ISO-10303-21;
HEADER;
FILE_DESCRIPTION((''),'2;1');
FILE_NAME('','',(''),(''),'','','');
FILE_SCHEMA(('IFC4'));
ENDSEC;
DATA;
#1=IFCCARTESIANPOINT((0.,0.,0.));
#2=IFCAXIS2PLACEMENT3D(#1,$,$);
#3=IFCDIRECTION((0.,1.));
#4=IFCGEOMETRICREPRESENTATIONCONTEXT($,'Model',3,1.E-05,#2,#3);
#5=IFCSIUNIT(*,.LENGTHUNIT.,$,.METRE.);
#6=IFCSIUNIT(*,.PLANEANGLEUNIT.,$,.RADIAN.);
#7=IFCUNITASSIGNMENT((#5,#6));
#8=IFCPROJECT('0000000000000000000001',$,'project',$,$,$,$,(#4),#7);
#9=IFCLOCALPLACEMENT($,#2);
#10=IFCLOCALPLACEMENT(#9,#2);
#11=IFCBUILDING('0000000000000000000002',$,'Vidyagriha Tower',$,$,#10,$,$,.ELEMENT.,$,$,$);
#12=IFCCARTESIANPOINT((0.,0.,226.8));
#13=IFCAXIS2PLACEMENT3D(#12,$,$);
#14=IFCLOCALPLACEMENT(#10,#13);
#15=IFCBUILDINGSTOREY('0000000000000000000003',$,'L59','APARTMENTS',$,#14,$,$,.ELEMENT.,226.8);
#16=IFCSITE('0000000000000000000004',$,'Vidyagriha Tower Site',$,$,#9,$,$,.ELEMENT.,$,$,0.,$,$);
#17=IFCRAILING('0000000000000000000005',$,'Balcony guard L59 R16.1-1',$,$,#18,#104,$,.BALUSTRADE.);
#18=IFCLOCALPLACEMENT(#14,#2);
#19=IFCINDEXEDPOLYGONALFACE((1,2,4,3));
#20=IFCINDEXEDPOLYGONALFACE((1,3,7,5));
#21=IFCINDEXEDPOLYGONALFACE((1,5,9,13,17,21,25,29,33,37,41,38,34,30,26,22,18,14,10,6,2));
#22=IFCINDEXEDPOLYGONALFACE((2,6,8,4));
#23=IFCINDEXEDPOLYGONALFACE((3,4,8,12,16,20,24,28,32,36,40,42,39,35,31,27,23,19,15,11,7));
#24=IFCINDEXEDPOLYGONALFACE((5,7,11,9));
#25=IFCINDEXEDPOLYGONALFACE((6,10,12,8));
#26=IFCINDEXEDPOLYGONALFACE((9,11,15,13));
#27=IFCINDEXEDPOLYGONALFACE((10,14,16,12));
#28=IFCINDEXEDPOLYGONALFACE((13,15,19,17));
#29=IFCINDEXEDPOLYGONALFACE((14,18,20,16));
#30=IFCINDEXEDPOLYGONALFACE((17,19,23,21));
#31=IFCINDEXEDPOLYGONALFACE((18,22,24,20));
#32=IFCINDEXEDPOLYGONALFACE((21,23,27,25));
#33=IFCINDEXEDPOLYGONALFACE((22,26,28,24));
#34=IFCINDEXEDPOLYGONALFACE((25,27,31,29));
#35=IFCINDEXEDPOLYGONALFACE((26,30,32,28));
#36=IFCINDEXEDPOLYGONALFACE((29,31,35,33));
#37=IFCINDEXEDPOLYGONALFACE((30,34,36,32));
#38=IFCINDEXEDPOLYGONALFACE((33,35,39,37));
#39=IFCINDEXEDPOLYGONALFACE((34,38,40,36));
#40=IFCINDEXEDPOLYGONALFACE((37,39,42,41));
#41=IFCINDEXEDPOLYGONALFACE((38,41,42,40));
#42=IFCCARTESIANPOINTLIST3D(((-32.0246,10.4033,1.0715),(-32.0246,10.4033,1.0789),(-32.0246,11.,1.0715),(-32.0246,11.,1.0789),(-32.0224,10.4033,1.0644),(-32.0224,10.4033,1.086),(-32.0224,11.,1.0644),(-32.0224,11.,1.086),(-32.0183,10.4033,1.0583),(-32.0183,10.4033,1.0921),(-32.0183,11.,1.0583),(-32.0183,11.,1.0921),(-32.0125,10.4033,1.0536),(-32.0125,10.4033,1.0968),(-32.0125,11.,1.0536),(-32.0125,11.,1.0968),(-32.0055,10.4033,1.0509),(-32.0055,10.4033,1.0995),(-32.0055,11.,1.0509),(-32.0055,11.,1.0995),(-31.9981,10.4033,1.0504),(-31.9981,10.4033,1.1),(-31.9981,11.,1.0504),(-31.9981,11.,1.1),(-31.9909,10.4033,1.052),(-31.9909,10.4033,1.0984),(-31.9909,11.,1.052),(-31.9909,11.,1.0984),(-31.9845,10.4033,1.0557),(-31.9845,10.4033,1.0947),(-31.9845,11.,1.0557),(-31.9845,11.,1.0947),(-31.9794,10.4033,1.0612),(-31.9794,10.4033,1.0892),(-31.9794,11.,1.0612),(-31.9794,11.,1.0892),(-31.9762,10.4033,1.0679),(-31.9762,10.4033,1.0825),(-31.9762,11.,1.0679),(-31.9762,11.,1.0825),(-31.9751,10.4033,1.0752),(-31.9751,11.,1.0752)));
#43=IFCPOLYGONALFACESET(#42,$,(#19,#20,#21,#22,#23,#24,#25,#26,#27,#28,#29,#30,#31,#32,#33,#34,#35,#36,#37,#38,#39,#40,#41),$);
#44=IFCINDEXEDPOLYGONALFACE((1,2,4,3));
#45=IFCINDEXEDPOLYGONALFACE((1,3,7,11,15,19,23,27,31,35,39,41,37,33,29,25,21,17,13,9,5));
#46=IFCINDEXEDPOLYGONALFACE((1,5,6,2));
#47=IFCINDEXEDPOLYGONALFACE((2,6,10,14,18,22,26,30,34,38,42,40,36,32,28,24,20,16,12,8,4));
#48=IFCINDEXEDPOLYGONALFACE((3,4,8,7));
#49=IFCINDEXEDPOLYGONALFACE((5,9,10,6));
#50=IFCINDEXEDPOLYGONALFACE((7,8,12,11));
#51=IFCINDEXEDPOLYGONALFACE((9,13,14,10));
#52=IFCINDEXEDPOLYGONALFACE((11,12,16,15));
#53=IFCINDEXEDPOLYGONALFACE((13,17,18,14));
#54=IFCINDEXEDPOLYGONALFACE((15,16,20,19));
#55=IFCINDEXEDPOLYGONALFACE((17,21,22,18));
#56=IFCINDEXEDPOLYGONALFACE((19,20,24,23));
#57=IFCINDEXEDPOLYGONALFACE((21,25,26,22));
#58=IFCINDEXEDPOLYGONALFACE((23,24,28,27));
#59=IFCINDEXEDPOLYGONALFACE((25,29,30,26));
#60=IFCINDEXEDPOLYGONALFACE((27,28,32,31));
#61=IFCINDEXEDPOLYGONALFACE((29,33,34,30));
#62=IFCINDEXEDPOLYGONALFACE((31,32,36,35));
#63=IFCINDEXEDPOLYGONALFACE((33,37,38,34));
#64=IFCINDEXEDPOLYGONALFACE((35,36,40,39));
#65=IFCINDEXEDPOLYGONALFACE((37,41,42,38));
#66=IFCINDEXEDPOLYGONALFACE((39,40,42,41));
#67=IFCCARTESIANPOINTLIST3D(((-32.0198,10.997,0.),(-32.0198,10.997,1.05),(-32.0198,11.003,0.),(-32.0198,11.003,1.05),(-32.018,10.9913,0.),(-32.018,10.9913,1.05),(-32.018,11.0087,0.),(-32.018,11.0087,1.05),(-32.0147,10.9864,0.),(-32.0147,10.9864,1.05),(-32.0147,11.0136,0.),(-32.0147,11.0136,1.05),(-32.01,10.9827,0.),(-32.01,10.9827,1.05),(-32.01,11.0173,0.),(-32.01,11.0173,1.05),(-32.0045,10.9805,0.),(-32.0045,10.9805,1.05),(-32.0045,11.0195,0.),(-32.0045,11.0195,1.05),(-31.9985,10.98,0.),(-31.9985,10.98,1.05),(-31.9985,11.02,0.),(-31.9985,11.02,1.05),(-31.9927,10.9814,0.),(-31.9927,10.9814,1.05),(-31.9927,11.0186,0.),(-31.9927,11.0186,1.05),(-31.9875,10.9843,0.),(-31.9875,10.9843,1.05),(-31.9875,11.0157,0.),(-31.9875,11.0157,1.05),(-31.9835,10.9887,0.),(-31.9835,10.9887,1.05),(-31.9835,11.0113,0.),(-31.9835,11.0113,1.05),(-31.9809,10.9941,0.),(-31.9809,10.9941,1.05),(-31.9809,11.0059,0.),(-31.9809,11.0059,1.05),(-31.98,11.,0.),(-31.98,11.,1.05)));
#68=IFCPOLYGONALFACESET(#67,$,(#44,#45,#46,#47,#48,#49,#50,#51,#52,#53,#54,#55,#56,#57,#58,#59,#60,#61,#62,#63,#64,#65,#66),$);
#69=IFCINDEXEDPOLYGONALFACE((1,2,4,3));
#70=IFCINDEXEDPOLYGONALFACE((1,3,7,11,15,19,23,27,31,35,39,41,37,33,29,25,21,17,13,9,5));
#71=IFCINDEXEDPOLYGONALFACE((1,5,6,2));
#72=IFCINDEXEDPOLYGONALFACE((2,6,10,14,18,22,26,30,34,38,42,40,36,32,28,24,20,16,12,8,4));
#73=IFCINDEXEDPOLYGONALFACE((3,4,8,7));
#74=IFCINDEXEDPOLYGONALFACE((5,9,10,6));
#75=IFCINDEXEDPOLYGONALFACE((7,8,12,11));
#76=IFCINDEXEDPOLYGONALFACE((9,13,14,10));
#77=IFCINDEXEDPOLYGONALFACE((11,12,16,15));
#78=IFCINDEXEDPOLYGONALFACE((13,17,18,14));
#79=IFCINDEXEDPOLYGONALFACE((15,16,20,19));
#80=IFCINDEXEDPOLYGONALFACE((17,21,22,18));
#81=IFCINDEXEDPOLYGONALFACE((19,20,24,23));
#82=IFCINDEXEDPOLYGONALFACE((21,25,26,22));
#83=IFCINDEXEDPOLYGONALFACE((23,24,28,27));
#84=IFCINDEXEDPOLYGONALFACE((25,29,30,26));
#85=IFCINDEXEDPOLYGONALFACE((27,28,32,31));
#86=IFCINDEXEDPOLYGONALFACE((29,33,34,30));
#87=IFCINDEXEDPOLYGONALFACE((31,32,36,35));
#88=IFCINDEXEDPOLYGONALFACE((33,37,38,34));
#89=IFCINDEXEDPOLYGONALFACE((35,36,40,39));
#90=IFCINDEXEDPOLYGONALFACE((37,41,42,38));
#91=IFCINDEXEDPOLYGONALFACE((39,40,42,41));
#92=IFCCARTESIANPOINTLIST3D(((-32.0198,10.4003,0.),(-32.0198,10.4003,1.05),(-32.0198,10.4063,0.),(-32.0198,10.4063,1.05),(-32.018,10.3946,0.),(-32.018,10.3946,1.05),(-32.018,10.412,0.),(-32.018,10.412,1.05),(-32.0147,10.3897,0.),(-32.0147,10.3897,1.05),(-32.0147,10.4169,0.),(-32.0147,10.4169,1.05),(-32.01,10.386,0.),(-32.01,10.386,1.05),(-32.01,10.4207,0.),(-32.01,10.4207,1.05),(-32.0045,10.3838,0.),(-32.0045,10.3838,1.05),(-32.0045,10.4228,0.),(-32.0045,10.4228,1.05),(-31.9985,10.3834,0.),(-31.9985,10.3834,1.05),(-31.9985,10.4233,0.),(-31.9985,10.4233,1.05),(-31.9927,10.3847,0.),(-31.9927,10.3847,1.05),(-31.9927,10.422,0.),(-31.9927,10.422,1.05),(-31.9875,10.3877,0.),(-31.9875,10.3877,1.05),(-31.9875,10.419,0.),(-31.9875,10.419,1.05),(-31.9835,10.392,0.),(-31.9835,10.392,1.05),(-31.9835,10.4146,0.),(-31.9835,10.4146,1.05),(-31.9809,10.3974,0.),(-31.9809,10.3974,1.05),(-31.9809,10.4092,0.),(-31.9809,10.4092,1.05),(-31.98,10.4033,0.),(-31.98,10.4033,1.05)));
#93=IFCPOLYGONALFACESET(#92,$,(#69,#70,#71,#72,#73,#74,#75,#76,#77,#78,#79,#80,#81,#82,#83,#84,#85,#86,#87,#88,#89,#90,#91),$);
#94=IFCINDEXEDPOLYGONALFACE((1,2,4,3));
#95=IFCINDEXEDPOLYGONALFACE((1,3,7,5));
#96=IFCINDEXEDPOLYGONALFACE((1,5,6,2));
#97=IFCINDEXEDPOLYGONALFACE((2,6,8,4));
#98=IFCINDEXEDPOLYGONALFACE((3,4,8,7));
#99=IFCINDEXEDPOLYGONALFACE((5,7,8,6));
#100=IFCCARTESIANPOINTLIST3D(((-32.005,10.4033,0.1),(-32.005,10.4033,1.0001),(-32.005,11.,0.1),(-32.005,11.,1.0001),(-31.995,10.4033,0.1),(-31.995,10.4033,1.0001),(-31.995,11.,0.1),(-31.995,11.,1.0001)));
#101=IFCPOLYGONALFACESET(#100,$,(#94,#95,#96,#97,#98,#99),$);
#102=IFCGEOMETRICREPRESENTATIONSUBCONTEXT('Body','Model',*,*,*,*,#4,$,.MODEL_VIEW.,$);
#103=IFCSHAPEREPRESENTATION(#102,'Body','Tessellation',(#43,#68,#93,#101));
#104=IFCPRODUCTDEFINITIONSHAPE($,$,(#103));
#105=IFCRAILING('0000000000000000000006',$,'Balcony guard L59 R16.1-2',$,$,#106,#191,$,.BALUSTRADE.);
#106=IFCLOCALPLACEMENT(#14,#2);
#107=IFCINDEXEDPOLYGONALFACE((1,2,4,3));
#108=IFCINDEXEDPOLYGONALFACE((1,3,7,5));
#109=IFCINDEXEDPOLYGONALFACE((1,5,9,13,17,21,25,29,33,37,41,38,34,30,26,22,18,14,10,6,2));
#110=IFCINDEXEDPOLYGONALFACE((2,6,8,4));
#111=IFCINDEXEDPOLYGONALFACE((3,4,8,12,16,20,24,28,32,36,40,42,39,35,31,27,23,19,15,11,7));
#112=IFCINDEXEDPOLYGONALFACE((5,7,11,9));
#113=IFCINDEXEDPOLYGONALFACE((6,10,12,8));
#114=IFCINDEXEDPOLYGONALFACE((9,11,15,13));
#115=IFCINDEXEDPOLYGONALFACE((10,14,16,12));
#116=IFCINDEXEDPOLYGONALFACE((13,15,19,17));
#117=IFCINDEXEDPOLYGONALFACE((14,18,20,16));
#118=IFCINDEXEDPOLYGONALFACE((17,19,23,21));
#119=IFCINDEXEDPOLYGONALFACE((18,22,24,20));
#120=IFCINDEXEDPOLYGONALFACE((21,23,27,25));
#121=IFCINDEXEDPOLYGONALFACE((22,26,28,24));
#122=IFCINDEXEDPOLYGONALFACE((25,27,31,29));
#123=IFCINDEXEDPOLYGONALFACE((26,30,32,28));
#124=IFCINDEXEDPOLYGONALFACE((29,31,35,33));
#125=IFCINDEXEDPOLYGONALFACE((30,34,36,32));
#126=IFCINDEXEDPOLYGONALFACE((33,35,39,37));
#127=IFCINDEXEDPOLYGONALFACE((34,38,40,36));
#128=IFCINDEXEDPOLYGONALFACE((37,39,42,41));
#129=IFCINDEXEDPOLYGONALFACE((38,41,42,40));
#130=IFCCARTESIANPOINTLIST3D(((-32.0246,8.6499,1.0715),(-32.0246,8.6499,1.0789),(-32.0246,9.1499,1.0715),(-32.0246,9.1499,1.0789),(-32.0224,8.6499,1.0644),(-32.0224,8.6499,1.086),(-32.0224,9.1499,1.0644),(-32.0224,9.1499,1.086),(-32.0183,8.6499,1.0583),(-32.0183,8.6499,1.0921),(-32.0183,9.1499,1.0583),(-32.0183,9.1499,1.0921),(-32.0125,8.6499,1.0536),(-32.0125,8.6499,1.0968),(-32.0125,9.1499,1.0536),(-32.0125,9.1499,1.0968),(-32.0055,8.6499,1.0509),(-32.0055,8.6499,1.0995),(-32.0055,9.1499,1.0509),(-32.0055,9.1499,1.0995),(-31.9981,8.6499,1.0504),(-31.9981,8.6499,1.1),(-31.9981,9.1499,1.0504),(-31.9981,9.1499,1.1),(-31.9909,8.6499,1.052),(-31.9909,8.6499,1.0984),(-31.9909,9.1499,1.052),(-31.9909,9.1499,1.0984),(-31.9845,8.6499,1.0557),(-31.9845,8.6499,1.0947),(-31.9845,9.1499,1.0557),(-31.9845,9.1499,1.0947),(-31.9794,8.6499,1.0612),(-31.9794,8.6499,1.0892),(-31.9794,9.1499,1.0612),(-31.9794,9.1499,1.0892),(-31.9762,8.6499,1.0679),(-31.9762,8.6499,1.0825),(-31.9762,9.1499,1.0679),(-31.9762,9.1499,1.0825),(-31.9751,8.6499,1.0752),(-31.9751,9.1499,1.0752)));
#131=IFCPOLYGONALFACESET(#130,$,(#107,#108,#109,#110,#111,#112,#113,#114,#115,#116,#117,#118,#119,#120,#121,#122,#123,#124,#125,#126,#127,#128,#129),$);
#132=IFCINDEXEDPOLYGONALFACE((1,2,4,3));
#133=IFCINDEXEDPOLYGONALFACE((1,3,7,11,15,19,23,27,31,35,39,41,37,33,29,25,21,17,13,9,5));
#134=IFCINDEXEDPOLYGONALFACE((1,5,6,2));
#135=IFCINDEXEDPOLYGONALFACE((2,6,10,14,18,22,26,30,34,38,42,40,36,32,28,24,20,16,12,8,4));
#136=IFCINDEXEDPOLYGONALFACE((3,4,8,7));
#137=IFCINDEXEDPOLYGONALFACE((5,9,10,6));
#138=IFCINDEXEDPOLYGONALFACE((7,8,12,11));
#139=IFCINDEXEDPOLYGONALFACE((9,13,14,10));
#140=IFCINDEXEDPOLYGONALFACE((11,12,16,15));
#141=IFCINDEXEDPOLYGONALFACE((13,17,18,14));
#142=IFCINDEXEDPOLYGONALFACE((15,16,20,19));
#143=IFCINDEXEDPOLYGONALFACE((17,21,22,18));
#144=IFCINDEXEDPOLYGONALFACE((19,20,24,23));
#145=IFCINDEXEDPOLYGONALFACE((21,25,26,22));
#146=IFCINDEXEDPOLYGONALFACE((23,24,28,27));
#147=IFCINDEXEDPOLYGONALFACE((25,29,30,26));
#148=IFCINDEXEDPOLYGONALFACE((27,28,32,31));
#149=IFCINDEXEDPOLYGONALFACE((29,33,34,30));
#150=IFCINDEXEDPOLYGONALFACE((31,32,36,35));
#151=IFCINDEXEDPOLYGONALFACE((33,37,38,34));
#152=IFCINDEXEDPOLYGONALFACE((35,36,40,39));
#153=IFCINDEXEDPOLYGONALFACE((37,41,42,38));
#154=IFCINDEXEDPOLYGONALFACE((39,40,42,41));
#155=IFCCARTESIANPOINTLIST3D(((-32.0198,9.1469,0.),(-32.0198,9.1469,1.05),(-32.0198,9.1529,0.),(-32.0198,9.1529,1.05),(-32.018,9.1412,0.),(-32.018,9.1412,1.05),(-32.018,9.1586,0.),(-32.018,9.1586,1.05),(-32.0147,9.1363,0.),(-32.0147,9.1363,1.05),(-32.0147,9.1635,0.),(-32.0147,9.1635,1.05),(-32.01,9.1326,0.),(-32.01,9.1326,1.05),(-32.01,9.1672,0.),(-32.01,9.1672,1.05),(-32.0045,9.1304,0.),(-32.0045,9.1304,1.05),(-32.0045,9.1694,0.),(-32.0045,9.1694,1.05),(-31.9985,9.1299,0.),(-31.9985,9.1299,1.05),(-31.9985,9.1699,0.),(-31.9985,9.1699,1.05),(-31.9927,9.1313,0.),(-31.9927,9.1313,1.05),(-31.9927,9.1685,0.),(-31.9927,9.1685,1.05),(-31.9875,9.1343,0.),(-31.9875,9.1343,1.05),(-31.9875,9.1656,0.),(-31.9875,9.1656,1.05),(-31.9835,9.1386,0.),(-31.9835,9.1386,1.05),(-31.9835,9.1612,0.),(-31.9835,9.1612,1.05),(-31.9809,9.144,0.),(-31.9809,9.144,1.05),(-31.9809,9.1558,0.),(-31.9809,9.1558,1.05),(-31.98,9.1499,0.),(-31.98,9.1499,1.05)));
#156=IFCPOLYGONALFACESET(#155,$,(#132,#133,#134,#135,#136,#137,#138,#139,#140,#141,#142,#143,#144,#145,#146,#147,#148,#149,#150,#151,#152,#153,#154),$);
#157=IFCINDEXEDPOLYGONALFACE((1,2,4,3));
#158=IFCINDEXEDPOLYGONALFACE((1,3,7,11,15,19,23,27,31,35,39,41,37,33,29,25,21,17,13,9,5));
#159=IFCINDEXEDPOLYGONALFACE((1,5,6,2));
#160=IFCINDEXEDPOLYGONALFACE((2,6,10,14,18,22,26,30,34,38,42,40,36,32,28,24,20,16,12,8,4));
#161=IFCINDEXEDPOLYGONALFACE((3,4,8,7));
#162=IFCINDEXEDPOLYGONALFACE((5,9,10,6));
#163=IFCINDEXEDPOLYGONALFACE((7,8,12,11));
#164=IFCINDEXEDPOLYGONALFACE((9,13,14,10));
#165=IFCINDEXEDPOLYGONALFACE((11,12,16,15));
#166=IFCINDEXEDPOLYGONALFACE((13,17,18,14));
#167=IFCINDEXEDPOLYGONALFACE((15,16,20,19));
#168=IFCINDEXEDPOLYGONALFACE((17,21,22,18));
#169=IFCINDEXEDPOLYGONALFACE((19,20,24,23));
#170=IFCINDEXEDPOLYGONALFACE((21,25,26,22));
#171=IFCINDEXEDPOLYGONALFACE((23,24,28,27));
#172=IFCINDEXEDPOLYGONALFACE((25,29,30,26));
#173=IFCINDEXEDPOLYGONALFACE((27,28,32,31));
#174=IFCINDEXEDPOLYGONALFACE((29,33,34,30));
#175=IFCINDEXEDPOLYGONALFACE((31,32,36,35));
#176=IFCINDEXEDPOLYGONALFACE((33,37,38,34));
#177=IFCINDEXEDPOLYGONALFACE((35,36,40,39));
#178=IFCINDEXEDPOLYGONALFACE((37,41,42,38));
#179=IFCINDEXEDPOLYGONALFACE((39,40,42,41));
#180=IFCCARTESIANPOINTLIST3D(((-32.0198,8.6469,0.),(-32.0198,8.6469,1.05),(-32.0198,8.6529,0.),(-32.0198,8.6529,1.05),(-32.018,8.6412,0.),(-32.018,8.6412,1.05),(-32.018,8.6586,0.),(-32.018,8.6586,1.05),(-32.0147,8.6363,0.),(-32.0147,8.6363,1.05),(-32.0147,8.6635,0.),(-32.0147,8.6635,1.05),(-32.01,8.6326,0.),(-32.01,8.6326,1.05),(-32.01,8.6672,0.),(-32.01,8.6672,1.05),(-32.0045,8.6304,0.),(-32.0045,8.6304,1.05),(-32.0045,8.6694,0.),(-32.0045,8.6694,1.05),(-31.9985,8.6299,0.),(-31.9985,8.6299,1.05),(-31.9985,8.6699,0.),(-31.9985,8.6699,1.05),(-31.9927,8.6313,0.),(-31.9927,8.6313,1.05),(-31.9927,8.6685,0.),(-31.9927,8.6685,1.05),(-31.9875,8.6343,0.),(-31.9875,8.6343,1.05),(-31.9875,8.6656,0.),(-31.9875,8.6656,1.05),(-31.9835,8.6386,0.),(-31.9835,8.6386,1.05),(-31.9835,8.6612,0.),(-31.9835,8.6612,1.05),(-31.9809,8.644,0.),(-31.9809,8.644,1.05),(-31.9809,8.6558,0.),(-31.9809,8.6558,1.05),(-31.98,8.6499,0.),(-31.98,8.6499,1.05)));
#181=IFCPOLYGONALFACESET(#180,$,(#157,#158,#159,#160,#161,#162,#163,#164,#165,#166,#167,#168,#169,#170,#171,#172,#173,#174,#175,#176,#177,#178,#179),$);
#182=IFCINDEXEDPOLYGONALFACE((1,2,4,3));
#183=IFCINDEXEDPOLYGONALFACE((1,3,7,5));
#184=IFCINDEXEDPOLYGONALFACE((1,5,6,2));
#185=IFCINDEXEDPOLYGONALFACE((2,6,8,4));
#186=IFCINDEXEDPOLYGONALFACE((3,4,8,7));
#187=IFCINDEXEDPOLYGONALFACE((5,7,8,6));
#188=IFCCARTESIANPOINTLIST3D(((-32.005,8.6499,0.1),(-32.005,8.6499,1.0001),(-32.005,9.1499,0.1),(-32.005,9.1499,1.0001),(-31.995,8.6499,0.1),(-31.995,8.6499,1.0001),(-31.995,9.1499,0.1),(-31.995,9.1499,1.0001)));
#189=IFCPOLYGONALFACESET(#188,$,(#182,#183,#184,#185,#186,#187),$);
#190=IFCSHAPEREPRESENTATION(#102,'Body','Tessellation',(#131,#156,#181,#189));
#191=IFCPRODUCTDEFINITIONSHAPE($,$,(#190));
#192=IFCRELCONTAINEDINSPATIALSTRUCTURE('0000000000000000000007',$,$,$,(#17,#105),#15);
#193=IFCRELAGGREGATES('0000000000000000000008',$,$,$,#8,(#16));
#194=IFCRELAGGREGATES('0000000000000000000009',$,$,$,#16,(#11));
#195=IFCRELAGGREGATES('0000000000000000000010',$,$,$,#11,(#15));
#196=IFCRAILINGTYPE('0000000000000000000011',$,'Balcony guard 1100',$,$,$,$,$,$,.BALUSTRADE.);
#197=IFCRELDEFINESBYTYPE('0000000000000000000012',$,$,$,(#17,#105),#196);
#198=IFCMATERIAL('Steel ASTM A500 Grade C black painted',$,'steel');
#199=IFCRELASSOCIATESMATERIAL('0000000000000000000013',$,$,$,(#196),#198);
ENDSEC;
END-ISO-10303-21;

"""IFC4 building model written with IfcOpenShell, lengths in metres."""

from ifc_helpers import new_model, si_unit, direction, frame, origin, origin_2d, place, context, subcontext, project, spatial, rectangle, circle, extrude, material, type_object, element, save


model = new_model("IFC4")

# Units and contexts
model_context = context("Model", 3, precision=1e-05, world=origin(), true_north=direction((0.0, 1.0)))
body_context = subcontext(model_context, "Body", "Model", "MODEL_VIEW")
ifc_project = project(units=[si_unit("LENGTHUNIT", "METRE"), si_unit("PLANEANGLEUNIT", "RADIAN")], contexts=[model_context])

# Site, building, storey
site_placement = place(None, origin())
site = spatial("IfcSite", under=ifc_project, at=site_placement, Name="Vidyagriha Tower Site", CompositionType="ELEMENT", RefElevation=0.0)
building_placement = place(site_placement, origin())
building = spatial("IfcBuilding", under=site, at=building_placement, Name="Vidyagriha Tower", CompositionType="ELEMENT")
storey_placement = place(building_placement, frame((0.0, 0.0, 226.8)))
storey = spatial("IfcBuildingStorey", under=building, at=storey_placement, Name="L59", Description="APARTMENTS", CompositionType="ELEMENT", Elevation=226.8)

# Railings
ifc_material_1 = material(Name="Steel ASTM A500 Grade C black painted", Category="steel")
railing_type = type_object("IfcRailingType", Name="Balcony guard 1100", PredefinedType="BALUSTRADE", material=ifc_material_1)
railing_1_placement = place(storey_placement, frame((-32.0, 11.0, 0.0)))
element("IfcRailing", 1, at=railing_1_placement, inside=storey, type_object=railing_type, Name="Balcony guard L59 R16.1-1", PredefinedType="BALUSTRADE", context=body_context, shape_type="SweptSolid", body=[
    extrude(circle(Radius=0.0249, at=origin_2d()), frame((0.0, 0.0, 1.0752), z_axis=(0.0, -1.0, 0.0), x_axis=(1.0, 0.0, 0.0)), (0.0, 0.0, 1.0), 0.5967),
    extrude(circle(Radius=0.02, at=origin_2d()), origin(), (0.0, 0.0, 1.0), 1.05),
    extrude(circle(Radius=0.02, at=origin_2d()), frame((0.0, -0.5967, 0.0)), (0.0, 0.0, 1.0), 1.05),
    extrude(rectangle(XDim=0.01, YDim=0.9001, at=origin_2d()), frame((0.0, 0.0, 0.55), z_axis=(0.0, -1.0, 0.0), x_axis=(1.0, 0.0, 0.0)), (0.0, 0.0, 1.0), 0.5967),
])
railing_2_placement = place(storey_placement, frame((-32.0, 9.1499, 0.0)))
element("IfcRailing", 2, at=railing_2_placement, inside=storey, type_object=railing_type, Name="Balcony guard L59 R16.1-2", PredefinedType="BALUSTRADE", context=body_context, shape_type="SweptSolid", body=[
    extrude(circle(Radius=0.0249, at=origin_2d()), frame((0.0, 0.0, 1.0752), z_axis=(0.0, -1.0, 0.0), x_axis=(1.0, 0.0, 0.0)), (0.0, 0.0, 1.0), 0.5),
    extrude(circle(Radius=0.02, at=origin_2d()), origin(), (0.0, 0.0, 1.0), 1.05),
    extrude(circle(Radius=0.02, at=origin_2d()), frame((0.0, -0.5, 0.0)), (0.0, 0.0, 1.0), 1.05),
    extrude(rectangle(XDim=0.01, YDim=0.9001, at=origin_2d()), frame((0.0, 0.0, 0.55), z_axis=(0.0, -1.0, 0.0), x_axis=(1.0, 0.0, 0.0)), (0.0, 0.0, 1.0), 0.5),
])

save(model, "model.ifc")
